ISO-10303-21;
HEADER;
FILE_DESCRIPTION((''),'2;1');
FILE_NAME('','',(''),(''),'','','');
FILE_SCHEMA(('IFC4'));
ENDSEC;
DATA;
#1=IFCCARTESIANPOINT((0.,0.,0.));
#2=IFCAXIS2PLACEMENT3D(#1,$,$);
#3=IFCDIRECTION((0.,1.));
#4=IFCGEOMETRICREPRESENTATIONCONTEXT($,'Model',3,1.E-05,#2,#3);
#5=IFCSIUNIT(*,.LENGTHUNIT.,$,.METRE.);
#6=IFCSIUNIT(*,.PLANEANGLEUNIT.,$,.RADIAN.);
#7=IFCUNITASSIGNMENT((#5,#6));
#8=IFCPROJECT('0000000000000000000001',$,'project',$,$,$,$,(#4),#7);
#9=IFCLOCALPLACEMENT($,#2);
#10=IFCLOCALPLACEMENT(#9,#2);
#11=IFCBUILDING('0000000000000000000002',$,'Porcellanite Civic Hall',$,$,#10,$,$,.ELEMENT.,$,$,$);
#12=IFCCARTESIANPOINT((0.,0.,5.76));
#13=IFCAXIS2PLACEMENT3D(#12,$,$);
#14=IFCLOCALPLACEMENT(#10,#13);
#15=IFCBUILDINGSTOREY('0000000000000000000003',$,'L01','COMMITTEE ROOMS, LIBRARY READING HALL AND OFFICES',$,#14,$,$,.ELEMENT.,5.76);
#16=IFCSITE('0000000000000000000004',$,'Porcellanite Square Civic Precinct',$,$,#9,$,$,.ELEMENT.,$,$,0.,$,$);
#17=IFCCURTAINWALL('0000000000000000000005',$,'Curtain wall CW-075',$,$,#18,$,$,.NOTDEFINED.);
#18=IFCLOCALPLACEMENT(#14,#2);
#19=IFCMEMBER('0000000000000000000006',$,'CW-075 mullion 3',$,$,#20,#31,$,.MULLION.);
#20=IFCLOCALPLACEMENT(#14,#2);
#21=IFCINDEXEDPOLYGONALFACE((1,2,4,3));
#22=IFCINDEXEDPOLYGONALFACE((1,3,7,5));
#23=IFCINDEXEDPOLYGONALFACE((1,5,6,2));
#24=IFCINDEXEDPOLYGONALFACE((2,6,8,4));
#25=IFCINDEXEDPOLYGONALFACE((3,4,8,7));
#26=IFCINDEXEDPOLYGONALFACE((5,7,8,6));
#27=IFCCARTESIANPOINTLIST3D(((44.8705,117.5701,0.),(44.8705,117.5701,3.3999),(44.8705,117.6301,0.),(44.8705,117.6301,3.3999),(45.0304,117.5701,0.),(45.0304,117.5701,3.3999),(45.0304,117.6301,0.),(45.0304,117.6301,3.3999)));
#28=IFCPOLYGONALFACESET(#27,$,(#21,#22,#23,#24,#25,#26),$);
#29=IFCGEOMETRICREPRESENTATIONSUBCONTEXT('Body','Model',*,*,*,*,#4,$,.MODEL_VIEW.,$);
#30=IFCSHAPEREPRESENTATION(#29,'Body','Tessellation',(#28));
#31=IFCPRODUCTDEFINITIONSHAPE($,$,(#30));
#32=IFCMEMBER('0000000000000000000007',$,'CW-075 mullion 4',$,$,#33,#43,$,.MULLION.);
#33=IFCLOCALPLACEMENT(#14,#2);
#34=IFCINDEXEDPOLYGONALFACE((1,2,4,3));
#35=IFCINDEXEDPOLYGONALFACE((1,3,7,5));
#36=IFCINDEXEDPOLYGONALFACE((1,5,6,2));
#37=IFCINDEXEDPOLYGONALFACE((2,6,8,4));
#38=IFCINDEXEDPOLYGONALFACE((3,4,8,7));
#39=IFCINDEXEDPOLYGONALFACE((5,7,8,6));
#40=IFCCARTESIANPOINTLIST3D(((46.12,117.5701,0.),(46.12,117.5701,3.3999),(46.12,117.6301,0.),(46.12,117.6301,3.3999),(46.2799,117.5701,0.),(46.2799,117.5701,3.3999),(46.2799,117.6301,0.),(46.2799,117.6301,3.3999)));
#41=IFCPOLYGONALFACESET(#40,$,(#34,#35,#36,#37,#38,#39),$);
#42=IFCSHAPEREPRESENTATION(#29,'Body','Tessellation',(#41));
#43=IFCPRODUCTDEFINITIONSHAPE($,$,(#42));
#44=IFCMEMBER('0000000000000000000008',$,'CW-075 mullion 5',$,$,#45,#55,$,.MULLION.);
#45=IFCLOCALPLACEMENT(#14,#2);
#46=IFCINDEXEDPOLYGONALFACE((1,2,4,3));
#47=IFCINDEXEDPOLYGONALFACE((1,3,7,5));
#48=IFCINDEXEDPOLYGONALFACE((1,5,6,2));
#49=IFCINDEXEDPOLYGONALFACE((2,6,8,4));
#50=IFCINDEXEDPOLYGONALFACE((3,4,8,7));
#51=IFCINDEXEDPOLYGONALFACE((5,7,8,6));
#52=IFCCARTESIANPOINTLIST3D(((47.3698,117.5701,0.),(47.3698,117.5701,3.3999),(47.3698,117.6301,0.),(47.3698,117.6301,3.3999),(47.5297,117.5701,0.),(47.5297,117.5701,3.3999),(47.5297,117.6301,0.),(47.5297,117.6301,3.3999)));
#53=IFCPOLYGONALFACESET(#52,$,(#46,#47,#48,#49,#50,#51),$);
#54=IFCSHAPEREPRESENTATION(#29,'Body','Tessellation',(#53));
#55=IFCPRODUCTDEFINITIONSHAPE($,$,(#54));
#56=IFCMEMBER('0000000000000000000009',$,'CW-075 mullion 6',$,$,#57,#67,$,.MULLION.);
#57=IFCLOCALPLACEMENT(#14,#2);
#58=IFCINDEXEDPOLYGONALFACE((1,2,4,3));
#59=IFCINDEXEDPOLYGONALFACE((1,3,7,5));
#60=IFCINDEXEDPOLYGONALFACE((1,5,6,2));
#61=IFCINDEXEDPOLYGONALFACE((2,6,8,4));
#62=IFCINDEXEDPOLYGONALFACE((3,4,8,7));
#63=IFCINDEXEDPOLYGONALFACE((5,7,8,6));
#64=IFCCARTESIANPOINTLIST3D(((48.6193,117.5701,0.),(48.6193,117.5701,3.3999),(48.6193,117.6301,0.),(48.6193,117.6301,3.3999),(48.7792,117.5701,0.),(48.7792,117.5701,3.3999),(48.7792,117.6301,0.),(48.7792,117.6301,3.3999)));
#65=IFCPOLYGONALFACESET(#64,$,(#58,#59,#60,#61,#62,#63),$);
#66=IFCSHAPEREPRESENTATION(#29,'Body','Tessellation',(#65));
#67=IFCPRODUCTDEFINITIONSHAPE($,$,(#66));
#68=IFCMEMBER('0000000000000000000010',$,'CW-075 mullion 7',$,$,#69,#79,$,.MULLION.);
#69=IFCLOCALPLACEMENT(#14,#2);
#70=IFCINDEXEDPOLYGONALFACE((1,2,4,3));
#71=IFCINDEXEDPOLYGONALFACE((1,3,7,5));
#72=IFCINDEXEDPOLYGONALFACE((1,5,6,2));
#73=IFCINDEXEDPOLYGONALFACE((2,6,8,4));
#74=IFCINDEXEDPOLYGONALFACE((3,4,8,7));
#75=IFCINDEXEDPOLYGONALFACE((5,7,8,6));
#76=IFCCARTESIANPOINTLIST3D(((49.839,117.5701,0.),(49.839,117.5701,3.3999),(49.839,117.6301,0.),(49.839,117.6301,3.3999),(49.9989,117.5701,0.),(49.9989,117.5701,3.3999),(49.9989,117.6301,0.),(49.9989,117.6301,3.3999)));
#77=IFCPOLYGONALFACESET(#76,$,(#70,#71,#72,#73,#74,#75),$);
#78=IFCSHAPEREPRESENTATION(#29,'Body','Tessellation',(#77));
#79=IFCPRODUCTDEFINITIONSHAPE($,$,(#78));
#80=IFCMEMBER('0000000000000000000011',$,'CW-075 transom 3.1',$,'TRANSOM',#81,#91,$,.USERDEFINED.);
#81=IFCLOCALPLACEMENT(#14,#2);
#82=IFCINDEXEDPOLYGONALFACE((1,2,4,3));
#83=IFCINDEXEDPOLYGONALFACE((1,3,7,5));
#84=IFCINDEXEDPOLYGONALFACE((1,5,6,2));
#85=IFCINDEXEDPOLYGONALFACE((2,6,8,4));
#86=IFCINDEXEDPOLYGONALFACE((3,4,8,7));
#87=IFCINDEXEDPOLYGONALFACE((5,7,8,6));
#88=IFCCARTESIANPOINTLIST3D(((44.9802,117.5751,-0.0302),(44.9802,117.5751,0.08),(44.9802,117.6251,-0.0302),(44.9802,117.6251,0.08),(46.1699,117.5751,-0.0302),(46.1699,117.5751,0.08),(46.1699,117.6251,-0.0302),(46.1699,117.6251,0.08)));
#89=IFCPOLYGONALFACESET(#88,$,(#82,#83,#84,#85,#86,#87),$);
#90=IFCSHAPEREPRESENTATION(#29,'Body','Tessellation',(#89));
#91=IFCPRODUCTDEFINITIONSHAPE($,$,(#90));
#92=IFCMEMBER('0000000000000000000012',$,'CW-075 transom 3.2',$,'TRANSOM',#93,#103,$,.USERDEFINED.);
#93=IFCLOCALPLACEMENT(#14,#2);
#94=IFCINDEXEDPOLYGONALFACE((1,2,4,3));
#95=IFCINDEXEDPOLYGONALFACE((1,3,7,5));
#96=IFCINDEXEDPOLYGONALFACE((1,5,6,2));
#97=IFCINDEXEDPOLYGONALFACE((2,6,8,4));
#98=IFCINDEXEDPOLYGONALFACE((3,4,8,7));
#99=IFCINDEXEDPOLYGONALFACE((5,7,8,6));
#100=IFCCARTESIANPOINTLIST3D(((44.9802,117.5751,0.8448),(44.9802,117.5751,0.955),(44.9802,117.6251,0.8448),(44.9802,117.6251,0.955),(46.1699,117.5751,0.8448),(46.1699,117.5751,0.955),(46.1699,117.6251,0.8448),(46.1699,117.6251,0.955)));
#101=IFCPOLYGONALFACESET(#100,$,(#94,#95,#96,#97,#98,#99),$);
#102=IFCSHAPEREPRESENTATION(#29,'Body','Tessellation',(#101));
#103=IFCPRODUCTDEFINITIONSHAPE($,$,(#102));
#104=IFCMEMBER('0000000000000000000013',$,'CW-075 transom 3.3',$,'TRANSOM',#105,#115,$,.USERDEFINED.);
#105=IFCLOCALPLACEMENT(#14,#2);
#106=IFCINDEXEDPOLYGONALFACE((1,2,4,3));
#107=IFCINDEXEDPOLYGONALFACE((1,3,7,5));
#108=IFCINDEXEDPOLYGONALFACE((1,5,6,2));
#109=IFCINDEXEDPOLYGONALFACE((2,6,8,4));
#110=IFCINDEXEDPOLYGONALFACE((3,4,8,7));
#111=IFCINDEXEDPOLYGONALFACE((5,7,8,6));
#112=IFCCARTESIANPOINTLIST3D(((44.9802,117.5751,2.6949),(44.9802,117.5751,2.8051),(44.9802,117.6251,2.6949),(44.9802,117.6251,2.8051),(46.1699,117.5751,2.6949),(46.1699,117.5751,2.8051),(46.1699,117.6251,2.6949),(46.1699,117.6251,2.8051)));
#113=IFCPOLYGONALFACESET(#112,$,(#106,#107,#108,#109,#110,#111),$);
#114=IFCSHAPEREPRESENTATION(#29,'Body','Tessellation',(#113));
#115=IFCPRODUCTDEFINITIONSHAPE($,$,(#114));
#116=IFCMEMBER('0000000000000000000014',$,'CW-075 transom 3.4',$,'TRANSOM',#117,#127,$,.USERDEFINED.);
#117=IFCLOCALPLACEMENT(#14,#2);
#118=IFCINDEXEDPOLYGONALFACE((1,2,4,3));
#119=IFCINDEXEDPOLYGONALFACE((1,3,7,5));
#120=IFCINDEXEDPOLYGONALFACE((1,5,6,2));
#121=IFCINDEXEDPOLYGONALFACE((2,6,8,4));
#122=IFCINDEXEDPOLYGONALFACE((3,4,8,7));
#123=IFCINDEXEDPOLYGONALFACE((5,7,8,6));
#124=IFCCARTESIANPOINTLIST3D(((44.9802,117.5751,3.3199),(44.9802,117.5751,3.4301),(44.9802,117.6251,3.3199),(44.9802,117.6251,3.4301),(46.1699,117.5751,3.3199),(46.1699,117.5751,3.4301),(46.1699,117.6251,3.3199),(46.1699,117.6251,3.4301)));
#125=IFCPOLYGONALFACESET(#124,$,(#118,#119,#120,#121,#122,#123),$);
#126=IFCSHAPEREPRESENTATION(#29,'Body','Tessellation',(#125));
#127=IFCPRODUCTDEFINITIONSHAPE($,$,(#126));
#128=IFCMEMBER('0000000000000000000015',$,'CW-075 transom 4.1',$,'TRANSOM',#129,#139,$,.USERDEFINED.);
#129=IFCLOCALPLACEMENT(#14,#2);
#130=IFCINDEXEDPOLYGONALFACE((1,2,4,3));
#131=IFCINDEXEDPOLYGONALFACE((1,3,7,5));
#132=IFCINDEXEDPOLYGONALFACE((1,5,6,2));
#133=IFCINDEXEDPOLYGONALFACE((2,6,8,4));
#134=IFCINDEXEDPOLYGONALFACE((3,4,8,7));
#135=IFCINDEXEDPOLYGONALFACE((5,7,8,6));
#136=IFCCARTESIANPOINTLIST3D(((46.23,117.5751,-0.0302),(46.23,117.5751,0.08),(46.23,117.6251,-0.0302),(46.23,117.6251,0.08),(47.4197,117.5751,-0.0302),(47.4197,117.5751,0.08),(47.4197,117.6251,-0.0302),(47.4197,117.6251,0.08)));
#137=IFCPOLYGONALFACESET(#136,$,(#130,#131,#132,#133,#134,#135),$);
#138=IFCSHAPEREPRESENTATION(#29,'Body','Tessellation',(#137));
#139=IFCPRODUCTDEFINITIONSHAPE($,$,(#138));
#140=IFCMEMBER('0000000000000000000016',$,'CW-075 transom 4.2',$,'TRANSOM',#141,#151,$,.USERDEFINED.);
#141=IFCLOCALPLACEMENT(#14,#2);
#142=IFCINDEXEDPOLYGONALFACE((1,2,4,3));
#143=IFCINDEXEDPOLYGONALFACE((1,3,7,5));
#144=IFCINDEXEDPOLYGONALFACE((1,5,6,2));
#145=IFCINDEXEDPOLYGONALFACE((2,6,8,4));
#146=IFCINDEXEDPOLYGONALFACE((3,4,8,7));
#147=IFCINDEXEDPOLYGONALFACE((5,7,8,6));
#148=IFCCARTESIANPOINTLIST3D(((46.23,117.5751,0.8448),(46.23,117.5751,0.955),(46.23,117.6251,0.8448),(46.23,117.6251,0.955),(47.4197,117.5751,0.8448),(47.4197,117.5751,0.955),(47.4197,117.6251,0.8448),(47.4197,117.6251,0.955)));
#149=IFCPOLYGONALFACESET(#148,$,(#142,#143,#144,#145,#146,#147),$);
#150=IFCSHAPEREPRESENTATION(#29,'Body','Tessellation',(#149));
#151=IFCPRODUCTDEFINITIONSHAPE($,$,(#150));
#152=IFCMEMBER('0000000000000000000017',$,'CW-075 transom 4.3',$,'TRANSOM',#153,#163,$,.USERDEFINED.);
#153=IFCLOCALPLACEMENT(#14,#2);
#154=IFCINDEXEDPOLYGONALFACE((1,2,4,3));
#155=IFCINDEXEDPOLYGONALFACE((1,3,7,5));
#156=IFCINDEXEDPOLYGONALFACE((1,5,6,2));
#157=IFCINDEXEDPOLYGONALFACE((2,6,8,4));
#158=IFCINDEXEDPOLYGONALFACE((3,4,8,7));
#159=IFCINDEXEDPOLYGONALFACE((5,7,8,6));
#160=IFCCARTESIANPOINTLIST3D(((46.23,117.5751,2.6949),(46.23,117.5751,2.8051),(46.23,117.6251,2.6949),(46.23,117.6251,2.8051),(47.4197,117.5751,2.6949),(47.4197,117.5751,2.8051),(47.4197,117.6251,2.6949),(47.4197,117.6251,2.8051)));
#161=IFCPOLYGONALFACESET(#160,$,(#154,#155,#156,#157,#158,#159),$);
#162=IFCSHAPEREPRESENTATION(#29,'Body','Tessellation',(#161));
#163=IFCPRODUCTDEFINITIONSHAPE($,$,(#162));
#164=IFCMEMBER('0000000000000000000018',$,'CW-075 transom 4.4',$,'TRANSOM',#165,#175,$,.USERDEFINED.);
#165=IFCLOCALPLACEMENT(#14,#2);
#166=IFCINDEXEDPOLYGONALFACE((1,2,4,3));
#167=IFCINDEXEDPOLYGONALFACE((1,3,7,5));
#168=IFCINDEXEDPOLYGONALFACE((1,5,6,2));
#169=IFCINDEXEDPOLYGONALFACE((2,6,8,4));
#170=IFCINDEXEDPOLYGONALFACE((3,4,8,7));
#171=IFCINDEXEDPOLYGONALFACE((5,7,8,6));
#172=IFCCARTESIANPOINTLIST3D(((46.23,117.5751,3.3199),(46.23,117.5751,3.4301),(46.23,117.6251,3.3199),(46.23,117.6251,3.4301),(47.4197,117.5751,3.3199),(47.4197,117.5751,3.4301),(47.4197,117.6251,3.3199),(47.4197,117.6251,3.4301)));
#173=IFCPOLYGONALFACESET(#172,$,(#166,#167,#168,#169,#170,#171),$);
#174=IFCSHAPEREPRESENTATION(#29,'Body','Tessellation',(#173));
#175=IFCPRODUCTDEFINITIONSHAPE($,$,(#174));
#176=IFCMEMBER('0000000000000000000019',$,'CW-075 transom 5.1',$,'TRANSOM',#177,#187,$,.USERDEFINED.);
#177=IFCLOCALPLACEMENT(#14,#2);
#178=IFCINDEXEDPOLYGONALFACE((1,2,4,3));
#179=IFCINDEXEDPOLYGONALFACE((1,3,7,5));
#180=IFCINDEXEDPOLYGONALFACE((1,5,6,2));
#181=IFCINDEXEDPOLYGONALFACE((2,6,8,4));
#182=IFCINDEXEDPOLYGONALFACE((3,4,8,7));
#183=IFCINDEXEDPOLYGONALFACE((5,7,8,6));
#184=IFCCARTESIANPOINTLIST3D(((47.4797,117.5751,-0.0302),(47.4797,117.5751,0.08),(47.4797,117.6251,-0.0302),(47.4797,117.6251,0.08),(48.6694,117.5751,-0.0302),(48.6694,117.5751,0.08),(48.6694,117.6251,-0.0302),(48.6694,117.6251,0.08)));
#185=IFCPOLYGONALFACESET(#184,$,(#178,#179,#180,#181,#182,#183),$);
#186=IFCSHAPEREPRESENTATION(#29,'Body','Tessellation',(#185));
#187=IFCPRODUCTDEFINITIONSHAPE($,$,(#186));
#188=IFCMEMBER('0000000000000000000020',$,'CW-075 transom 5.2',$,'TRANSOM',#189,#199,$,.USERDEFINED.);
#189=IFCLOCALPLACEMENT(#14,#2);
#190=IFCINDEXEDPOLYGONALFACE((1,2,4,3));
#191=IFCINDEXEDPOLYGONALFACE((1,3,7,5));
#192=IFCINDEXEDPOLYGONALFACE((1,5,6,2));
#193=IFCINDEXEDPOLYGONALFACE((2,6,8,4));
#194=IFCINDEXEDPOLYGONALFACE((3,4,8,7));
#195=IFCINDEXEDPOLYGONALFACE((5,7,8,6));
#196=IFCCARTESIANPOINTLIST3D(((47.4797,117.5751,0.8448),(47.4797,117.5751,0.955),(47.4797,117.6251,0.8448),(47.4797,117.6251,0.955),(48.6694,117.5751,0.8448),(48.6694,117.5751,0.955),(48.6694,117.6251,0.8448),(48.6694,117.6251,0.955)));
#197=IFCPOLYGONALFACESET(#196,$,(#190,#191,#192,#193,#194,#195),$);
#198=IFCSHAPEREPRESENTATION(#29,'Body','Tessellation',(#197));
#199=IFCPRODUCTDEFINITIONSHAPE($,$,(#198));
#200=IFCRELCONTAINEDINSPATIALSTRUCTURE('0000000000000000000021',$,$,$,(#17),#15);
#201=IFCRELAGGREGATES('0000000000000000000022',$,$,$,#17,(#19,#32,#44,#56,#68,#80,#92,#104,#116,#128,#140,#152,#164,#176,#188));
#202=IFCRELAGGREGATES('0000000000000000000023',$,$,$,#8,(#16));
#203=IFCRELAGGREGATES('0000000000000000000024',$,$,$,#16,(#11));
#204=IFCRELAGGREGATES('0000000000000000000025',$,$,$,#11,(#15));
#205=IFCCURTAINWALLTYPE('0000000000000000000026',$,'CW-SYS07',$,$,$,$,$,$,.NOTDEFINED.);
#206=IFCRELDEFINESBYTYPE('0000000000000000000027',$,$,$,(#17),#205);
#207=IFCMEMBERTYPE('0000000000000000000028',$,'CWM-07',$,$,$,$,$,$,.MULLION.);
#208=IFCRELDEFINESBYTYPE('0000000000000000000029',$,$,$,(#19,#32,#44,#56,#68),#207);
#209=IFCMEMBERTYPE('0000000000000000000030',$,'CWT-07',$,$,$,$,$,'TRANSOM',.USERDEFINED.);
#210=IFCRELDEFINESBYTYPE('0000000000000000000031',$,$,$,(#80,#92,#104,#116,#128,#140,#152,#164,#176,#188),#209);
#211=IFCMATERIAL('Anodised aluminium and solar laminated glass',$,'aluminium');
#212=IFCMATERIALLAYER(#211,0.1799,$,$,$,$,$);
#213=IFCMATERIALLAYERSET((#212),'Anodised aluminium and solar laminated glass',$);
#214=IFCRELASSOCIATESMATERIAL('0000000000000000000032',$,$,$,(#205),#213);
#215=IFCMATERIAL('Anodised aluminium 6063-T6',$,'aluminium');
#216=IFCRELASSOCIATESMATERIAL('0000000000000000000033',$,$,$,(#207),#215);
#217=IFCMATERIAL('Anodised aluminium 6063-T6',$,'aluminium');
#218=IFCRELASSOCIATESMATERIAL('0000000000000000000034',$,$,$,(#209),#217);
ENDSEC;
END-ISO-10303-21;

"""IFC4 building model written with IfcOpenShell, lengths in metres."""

from ifc_helpers import new_model, si_unit, direction, frame, origin, origin_2d, place, context, subcontext, project, spatial, rectangle, extrude, material, layer, layer_set, material_profile, profile_set, type_object, element, aggregate, save


model = new_model("IFC4")

# Units and contexts
model_context = context("Model", 3, precision=1e-05, world=origin(), true_north=direction((0.0, 1.0)))
body_context = subcontext(model_context, "Body", "Model", "MODEL_VIEW")
ifc_project = project(units=[si_unit("LENGTHUNIT", "METRE"), si_unit("PLANEANGLEUNIT", "RADIAN")], contexts=[model_context])

# Site, building, storey
site_placement = place(None, origin())
site = spatial("IfcSite", under=ifc_project, at=site_placement, Name="Porcellanite Square Civic Precinct", CompositionType="ELEMENT", RefElevation=0.0)
building_placement = place(site_placement, origin())
building = spatial("IfcBuilding", under=site, at=building_placement, Name="Porcellanite Civic Hall", CompositionType="ELEMENT")
storey_placement = place(building_placement, frame((0.0, 0.0, 5.76)))
storey = spatial("IfcBuildingStorey", under=building, at=storey_placement, Name="L01", Description="COMMITTEE ROOMS, LIBRARY READING HALL AND OFFICES", CompositionType="ELEMENT", Elevation=5.76)

# Curtain wall, members
ifc_material_1 = material(Name="Anodised aluminium and solar laminated glass", Category="aluminium")
ifc_layer_1 = layer(ifc_material_1, 0.1799)
ifc_layer_set_1 = layer_set([ifc_layer_1], Name="Anodised aluminium and solar laminated glass")
curtain_wall_type = type_object("IfcCurtainWallType", Name="CW-SYS07", PredefinedType="NOTDEFINED", material=ifc_layer_set_1)
curtain_wall_placement = place(storey_placement, origin())
curtain_wall = element("IfcCurtainWall", 1, at=curtain_wall_placement, inside=storey, type_object=curtain_wall_type, Name="Curtain wall CW-075", PredefinedType="NOTDEFINED")
ifc_material_2 = material(Name="Anodised aluminium 6063-T6", Category="aluminium")
ifc_material_profile_1 = material_profile(ifc_material_2, rectangle(XDim=0.0601, YDim=0.1599, at=origin_2d()), Name="AL-60x160")
ifc_profile_set_1 = profile_set([ifc_material_profile_1], Name="Anodised aluminium 6063-T6")
member_type_1 = type_object("IfcMemberType", Name="CWM-07", PredefinedType="MULLION", material=ifc_profile_set_1)
member_1_placement = place(storey_placement, frame((44.9504, 117.6001, 0.0), z_axis=(0.0, 0.0, 1.0), x_axis=(0.0, 1.0, 0.0)))
member_1 = element("IfcMember", 2, at=member_1_placement, type_object=member_type_1, Name="CW-075 mullion 3", PredefinedType="MULLION", context=body_context, shape_type="SweptSolid", body=[
    extrude(rectangle(XDim=0.0601, YDim=0.1599, at=origin_2d()), origin(), (0.0, 0.0, 1.0), 3.3999),
])
member_2_placement = place(storey_placement, frame((46.2, 117.6001, 0.0), z_axis=(0.0, 0.0, 1.0), x_axis=(0.0, 1.0, 0.0)))
member_2 = element("IfcMember", 3, at=member_2_placement, type_object=member_type_1, Name="CW-075 mullion 4", PredefinedType="MULLION", context=body_context, shape_type="SweptSolid", body=[
    extrude(rectangle(XDim=0.0601, YDim=0.1599, at=origin_2d()), origin(), (0.0, 0.0, 1.0), 3.3999),
])
member_3_placement = place(storey_placement, frame((47.4497, 117.6001, 0.0), z_axis=(0.0, 0.0, 1.0), x_axis=(0.0, 1.0, 0.0)))
member_3 = element("IfcMember", 4, at=member_3_placement, type_object=member_type_1, Name="CW-075 mullion 5", PredefinedType="MULLION", context=body_context, shape_type="SweptSolid", body=[
    extrude(rectangle(XDim=0.0601, YDim=0.1599, at=origin_2d()), origin(), (0.0, 0.0, 1.0), 3.3999),
])
member_4_placement = place(storey_placement, frame((48.6992, 117.6001, 0.0), z_axis=(0.0, 0.0, 1.0), x_axis=(0.0, 1.0, 0.0)))
member_4 = element("IfcMember", 5, at=member_4_placement, type_object=member_type_1, Name="CW-075 mullion 6", PredefinedType="MULLION", context=body_context, shape_type="SweptSolid", body=[
    extrude(rectangle(XDim=0.0601, YDim=0.1599, at=origin_2d()), origin(), (0.0, 0.0, 1.0), 3.3999),
])
member_5_placement = place(storey_placement, frame((49.9189, 117.6001, 0.0), z_axis=(0.0, 0.0, 1.0), x_axis=(0.0, 1.0, 0.0)))
member_5 = element("IfcMember", 6, at=member_5_placement, type_object=member_type_1, Name="CW-075 mullion 7", PredefinedType="MULLION", context=body_context, shape_type="SweptSolid", body=[
    extrude(rectangle(XDim=0.0601, YDim=0.1599, at=origin_2d()), origin(), (0.0, 0.0, 1.0), 3.3999),
])
ifc_material_3 = material(Name="Anodised aluminium 6063-T6", Category="aluminium")
ifc_material_profile_2 = material_profile(ifc_material_3, rectangle(XDim=0.05, YDim=0.1101, at=origin_2d()), Name="AL-50x110")
ifc_profile_set_2 = profile_set([ifc_material_profile_2], Name="Anodised aluminium 6063-T6")
member_type_2 = type_object("IfcMemberType", Name="CWT-07", ElementType="TRANSOM", PredefinedType="USERDEFINED", material=ifc_profile_set_2)
member_6_placement = place(storey_placement, frame((44.9802, 117.6001, 0.0249), z_axis=(1.0, 0.0, 0.0), x_axis=(0.0, 1.0, 0.0)))
member_6 = element("IfcMember", 7, at=member_6_placement, type_object=member_type_2, Name="CW-075 transom 3.1", ObjectType="TRANSOM", PredefinedType="USERDEFINED", context=body_context, shape_type="SweptSolid", body=[
    extrude(rectangle(XDim=0.05, YDim=0.1101, at=origin_2d()), origin(), (0.0, 0.0, 1.0), 1.1897),
])
member_7_placement = place(storey_placement, frame((44.9802, 117.6001, 0.8999), z_axis=(1.0, 0.0, 0.0), x_axis=(0.0, 1.0, 0.0)))
member_7 = element("IfcMember", 8, at=member_7_placement, type_object=member_type_2, Name="CW-075 transom 3.2", ObjectType="TRANSOM", PredefinedType="USERDEFINED", context=body_context, shape_type="SweptSolid", body=[
    extrude(rectangle(XDim=0.05, YDim=0.1101, at=origin_2d()), origin(), (0.0, 0.0, 1.0), 1.1897),
])
member_8_placement = place(storey_placement, frame((44.9802, 117.6001, 2.75), z_axis=(1.0, 0.0, 0.0), x_axis=(0.0, 1.0, 0.0)))
member_8 = element("IfcMember", 9, at=member_8_placement, type_object=member_type_2, Name="CW-075 transom 3.3", ObjectType="TRANSOM", PredefinedType="USERDEFINED", context=body_context, shape_type="SweptSolid", body=[
    extrude(rectangle(XDim=0.05, YDim=0.1101, at=origin_2d()), origin(), (0.0, 0.0, 1.0), 1.1897),
])
member_9_placement = place(storey_placement, frame((44.9802, 117.6001, 3.375), z_axis=(1.0, 0.0, 0.0), x_axis=(0.0, 1.0, 0.0)))
member_9 = element("IfcMember", 10, at=member_9_placement, type_object=member_type_2, Name="CW-075 transom 3.4", ObjectType="TRANSOM", PredefinedType="USERDEFINED", context=body_context, shape_type="SweptSolid", body=[
    extrude(rectangle(XDim=0.05, YDim=0.1101, at=origin_2d()), origin(), (0.0, 0.0, 1.0), 1.1897),
])
member_10_placement = place(storey_placement, frame((46.23, 117.6001, 0.0249), z_axis=(1.0, 0.0, 0.0), x_axis=(0.0, 1.0, 0.0)))
member_10 = element("IfcMember", 11, at=member_10_placement, type_object=member_type_2, Name="CW-075 transom 4.1", ObjectType="TRANSOM", PredefinedType="USERDEFINED", context=body_context, shape_type="SweptSolid", body=[
    extrude(rectangle(XDim=0.05, YDim=0.1101, at=origin_2d()), origin(), (0.0, 0.0, 1.0), 1.1897),
])
member_11_placement = place(storey_placement, frame((46.23, 117.6001, 0.8999), z_axis=(1.0, 0.0, 0.0), x_axis=(0.0, 1.0, 0.0)))
member_11 = element("IfcMember", 12, at=member_11_placement, type_object=member_type_2, Name="CW-075 transom 4.2", ObjectType="TRANSOM", PredefinedType="USERDEFINED", context=body_context, shape_type="SweptSolid", body=[
    extrude(rectangle(XDim=0.05, YDim=0.1101, at=origin_2d()), origin(), (0.0, 0.0, 1.0), 1.1897),
])
member_12_placement = place(storey_placement, frame((46.23, 117.6001, 2.75), z_axis=(1.0, 0.0, 0.0), x_axis=(0.0, 1.0, 0.0)))
member_12 = element("IfcMember", 13, at=member_12_placement, type_object=member_type_2, Name="CW-075 transom 4.3", ObjectType="TRANSOM", PredefinedType="USERDEFINED", context=body_context, shape_type="SweptSolid", body=[
    extrude(rectangle(XDim=0.05, YDim=0.1101, at=origin_2d()), origin(), (0.0, 0.0, 1.0), 1.1897),
])
member_13_placement = place(storey_placement, frame((46.23, 117.6001, 3.375), z_axis=(1.0, 0.0, 0.0), x_axis=(0.0, 1.0, 0.0)))
member_13 = element("IfcMember", 14, at=member_13_placement, type_object=member_type_2, Name="CW-075 transom 4.4", ObjectType="TRANSOM", PredefinedType="USERDEFINED", context=body_context, shape_type="SweptSolid", body=[
    extrude(rectangle(XDim=0.05, YDim=0.1101, at=origin_2d()), origin(), (0.0, 0.0, 1.0), 1.1897),
])
member_14_placement = place(storey_placement, frame((47.4797, 117.6001, 0.0249), z_axis=(1.0, 0.0, 0.0), x_axis=(0.0, 1.0, 0.0)))
member_14 = element("IfcMember", 15, at=member_14_placement, type_object=member_type_2, Name="CW-075 transom 5.1", ObjectType="TRANSOM", PredefinedType="USERDEFINED", context=body_context, shape_type="SweptSolid", body=[
    extrude(rectangle(XDim=0.05, YDim=0.1101, at=origin_2d()), origin(), (0.0, 0.0, 1.0), 1.1897),
])
member_15_placement = place(storey_placement, frame((47.4797, 117.6001, 0.8999), z_axis=(1.0, 0.0, 0.0), x_axis=(0.0, 1.0, 0.0)))
member_15 = element("IfcMember", 16, at=member_15_placement, type_object=member_type_2, Name="CW-075 transom 5.2", ObjectType="TRANSOM", PredefinedType="USERDEFINED", context=body_context, shape_type="SweptSolid", body=[
    extrude(rectangle(XDim=0.05, YDim=0.1101, at=origin_2d()), origin(), (0.0, 0.0, 1.0), 1.1897),
])
aggregate(curtain_wall, [member_1, member_2, member_3, member_4, member_5, member_6, member_7, member_8, member_9, member_10, member_11, member_12, member_13, member_14, member_15])

save(model, "model.ifc")
